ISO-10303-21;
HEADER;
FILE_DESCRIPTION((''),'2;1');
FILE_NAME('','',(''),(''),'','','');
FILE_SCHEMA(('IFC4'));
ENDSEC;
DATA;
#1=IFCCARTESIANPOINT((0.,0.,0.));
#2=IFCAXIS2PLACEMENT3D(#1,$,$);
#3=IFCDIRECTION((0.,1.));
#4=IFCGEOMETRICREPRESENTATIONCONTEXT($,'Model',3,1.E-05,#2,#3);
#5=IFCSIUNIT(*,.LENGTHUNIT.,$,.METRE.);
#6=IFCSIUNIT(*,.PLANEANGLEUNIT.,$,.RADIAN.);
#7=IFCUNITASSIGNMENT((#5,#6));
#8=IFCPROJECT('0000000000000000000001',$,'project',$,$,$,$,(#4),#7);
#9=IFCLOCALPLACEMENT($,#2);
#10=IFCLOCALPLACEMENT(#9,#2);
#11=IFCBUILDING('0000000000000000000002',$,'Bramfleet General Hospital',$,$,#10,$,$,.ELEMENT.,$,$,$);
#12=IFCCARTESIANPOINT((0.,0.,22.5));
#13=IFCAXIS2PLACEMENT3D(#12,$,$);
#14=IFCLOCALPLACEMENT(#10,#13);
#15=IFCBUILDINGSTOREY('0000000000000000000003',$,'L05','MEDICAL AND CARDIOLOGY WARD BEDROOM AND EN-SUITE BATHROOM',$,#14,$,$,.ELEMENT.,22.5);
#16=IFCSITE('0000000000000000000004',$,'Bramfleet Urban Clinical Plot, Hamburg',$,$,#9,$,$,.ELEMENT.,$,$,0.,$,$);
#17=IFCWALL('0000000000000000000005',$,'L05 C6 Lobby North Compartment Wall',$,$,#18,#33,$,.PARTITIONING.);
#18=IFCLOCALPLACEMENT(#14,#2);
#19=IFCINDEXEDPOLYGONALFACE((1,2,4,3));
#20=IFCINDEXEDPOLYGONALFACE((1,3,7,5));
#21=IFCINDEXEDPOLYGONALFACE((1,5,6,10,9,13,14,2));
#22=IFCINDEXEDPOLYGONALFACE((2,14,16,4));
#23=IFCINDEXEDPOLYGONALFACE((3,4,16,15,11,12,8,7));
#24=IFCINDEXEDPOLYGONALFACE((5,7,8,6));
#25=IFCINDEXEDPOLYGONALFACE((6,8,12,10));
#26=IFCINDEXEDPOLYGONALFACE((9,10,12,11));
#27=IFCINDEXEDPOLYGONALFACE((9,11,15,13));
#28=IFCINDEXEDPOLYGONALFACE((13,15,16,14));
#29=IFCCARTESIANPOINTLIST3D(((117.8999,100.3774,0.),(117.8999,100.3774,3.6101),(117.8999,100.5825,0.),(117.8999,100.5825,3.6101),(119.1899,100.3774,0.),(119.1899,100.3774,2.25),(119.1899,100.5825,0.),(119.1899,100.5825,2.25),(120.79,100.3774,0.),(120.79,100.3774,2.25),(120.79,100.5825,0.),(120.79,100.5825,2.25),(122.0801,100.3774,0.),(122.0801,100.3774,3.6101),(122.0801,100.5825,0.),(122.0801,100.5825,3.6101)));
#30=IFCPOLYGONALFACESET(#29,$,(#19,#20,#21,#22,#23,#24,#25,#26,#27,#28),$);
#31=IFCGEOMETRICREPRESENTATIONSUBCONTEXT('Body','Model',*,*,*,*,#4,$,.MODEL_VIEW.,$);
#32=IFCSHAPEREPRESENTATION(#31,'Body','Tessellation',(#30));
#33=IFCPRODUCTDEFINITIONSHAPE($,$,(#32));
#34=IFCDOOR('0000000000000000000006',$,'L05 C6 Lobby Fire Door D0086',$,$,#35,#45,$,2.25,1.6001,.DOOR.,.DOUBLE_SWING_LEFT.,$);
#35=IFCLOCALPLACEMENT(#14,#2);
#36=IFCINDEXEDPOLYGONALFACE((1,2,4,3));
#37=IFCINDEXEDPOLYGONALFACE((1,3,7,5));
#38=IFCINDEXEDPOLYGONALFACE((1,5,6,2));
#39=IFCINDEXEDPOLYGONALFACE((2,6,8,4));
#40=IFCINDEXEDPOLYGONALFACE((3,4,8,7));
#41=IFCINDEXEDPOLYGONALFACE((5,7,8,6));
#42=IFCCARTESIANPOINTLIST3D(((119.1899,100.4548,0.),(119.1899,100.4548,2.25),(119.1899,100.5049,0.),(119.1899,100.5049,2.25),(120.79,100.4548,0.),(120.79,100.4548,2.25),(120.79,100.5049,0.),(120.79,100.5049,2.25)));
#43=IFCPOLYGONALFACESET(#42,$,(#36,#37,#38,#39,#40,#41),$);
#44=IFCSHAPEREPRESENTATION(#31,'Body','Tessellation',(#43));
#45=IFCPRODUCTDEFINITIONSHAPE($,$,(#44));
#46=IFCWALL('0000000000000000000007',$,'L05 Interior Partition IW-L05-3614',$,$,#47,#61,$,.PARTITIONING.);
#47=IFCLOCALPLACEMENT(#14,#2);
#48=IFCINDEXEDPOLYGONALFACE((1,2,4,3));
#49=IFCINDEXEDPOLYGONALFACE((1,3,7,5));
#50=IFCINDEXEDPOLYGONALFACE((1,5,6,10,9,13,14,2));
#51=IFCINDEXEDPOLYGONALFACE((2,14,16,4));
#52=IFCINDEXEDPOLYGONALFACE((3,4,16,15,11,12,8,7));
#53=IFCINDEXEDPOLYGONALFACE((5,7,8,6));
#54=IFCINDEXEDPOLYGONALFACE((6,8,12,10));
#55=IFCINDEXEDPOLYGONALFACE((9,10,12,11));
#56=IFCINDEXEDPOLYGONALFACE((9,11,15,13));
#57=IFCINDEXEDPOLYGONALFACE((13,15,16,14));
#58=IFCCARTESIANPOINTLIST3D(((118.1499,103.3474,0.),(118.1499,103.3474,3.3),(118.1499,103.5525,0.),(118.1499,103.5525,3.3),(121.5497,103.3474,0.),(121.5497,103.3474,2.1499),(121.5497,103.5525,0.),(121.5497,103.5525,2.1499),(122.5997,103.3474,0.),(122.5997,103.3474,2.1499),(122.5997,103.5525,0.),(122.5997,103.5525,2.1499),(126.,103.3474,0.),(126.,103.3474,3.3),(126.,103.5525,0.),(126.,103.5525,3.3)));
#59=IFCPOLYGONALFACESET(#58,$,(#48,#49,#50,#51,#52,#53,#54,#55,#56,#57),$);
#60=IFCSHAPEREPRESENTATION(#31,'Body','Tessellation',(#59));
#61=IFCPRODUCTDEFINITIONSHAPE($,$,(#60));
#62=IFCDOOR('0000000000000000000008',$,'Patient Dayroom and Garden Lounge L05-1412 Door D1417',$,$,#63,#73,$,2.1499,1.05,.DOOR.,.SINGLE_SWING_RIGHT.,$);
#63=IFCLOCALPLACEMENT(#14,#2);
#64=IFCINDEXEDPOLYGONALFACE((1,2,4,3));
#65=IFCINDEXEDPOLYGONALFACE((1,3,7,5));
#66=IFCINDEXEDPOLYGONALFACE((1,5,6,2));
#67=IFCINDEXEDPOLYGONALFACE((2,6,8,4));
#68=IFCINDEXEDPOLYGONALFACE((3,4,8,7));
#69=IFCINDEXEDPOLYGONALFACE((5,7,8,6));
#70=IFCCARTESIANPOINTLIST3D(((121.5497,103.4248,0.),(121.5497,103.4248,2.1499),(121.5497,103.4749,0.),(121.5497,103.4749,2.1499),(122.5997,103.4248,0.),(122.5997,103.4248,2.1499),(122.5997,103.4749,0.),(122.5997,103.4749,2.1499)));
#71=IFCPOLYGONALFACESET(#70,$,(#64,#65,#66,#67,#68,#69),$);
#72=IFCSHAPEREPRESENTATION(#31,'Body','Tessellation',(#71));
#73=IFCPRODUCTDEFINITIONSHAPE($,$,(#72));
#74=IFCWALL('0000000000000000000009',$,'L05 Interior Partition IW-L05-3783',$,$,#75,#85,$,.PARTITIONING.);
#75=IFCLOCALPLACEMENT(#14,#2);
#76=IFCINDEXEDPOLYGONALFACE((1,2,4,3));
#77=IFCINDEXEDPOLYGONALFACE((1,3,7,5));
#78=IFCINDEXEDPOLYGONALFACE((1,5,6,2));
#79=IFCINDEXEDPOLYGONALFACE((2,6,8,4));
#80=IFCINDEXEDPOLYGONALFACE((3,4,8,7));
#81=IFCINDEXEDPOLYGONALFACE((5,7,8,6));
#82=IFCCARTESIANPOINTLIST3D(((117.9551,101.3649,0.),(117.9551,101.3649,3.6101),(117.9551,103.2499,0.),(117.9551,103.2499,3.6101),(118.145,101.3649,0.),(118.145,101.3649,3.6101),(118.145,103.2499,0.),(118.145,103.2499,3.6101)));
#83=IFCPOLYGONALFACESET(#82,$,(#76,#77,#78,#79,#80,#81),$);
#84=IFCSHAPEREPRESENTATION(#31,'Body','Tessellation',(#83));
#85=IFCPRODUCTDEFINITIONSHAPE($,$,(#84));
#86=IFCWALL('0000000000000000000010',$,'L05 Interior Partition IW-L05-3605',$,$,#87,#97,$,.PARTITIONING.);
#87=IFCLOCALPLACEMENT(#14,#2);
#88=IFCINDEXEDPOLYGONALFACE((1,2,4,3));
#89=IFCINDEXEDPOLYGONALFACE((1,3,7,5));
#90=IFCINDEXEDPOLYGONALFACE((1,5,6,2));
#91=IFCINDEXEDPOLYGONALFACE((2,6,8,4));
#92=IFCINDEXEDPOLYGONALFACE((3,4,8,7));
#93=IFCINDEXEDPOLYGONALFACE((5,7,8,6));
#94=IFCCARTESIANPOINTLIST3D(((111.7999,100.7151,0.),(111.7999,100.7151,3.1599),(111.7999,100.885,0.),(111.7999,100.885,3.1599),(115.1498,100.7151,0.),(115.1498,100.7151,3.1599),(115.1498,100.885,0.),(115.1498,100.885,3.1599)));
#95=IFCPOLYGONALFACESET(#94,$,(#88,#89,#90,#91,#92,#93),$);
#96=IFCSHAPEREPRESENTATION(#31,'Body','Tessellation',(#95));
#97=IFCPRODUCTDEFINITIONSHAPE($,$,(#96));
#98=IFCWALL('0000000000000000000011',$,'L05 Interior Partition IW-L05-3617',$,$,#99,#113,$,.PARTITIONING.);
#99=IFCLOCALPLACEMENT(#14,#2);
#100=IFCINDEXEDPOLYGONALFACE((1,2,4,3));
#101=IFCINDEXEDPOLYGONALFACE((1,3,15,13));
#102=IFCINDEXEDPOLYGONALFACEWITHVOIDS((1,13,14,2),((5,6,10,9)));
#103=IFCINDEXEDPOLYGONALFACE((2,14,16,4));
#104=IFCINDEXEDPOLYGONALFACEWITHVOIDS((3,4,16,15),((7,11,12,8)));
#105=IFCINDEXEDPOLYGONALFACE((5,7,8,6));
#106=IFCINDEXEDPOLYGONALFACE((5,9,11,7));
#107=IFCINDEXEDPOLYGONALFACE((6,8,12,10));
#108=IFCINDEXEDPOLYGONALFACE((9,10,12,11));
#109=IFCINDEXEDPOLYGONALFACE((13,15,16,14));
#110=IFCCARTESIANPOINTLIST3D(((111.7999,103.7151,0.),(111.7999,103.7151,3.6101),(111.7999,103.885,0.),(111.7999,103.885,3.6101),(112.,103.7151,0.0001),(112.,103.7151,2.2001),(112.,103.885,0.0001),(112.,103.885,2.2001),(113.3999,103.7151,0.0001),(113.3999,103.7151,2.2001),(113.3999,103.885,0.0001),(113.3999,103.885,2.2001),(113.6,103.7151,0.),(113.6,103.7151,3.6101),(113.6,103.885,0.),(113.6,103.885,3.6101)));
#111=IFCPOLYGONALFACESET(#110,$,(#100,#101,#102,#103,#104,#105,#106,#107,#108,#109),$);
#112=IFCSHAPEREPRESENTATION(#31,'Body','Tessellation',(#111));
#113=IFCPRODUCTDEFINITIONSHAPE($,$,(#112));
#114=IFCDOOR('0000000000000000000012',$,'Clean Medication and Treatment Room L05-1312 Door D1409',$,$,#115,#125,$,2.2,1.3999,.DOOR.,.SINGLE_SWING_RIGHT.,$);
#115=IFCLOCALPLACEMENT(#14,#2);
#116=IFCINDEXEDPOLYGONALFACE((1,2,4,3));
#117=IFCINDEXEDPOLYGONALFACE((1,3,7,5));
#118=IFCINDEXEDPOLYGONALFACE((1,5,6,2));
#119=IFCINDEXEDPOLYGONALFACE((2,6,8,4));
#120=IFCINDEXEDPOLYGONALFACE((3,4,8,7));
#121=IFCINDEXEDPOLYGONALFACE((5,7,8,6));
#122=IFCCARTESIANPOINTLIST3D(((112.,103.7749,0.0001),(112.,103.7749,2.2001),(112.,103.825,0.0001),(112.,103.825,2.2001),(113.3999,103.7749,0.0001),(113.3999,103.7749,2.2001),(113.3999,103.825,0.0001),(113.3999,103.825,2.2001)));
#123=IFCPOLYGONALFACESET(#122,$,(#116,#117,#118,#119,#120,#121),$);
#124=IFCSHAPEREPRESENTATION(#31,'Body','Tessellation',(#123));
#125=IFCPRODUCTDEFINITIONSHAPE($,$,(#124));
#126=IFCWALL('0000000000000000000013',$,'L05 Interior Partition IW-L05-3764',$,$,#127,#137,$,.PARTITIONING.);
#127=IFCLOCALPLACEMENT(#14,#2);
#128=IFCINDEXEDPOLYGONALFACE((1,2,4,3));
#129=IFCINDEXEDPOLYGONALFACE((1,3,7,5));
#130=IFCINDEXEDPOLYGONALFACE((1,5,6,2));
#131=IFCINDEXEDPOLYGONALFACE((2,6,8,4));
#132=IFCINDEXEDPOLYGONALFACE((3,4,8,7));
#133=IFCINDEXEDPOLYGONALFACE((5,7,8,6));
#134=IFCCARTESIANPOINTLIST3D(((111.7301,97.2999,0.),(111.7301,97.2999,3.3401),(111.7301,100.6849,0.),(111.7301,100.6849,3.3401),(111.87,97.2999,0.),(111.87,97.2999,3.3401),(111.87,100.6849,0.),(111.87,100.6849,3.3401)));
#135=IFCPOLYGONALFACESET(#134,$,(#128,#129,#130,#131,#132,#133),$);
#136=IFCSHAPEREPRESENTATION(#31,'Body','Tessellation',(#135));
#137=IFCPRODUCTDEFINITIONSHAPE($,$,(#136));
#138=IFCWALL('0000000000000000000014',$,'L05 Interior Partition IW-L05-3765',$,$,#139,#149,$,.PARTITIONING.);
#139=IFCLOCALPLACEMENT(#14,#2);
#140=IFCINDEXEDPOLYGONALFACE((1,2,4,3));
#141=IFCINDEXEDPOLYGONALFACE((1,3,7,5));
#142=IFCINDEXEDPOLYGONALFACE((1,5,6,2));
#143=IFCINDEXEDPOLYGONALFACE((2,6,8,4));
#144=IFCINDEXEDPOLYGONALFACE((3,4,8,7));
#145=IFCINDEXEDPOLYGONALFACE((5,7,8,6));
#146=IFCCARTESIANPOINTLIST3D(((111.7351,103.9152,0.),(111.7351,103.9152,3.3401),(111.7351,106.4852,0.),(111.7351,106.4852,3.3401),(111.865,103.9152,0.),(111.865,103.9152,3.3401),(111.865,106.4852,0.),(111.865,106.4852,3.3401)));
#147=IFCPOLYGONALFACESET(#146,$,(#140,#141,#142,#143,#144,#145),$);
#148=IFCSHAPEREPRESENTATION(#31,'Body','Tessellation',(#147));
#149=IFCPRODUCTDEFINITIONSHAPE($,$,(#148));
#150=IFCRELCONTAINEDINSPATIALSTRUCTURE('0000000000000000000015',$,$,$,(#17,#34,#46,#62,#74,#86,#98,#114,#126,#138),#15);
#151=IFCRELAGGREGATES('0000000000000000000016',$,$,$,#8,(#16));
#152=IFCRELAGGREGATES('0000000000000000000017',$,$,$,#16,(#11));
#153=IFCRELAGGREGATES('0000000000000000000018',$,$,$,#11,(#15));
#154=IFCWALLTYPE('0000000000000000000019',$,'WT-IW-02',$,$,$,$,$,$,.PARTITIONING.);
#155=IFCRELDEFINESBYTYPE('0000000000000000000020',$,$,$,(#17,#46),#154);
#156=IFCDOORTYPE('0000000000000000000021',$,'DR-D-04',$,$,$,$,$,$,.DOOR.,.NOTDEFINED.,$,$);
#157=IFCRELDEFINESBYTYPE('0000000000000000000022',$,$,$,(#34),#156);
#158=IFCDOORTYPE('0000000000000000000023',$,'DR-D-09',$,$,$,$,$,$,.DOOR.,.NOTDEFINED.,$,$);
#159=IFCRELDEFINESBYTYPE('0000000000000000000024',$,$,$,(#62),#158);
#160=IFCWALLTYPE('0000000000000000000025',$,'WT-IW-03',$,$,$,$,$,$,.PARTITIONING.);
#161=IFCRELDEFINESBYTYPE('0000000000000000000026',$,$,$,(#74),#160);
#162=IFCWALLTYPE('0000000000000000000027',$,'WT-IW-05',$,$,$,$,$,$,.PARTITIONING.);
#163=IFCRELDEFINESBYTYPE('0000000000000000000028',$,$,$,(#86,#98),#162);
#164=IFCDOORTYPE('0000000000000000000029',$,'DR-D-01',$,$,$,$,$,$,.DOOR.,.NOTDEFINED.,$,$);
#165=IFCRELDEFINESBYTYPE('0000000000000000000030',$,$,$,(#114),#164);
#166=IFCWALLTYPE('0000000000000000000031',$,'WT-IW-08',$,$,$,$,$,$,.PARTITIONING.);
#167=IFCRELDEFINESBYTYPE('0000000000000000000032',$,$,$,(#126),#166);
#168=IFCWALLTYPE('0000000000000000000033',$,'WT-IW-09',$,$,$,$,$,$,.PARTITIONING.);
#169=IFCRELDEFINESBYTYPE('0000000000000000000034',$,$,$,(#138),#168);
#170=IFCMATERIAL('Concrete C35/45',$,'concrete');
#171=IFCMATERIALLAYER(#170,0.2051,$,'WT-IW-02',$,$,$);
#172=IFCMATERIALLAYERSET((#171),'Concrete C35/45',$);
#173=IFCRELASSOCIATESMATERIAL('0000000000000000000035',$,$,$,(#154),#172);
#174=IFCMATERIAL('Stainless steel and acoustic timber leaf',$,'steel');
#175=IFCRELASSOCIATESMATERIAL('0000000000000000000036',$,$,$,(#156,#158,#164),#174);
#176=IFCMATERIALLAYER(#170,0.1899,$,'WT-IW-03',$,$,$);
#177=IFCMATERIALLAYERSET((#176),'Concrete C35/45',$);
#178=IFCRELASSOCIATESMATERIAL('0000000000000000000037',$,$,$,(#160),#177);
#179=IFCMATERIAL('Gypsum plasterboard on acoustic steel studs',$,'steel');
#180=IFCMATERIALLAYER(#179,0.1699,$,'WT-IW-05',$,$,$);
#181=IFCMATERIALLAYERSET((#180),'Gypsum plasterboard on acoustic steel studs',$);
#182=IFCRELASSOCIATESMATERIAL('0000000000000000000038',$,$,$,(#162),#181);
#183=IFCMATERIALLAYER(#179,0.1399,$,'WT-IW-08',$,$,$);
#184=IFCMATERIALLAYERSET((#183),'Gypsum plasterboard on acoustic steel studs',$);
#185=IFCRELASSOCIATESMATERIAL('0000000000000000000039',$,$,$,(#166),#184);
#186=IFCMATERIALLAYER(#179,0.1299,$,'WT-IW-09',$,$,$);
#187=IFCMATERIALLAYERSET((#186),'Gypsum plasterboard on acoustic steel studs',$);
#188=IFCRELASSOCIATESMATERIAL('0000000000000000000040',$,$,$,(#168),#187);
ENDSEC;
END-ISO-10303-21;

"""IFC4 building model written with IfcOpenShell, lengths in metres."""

from ifc_helpers import new_model, si_unit, direction, frame, frame_2d, origin, place, context, subcontext, project, spatial, rectangle, extrude, material, layer, layer_set, type_object, element, fill, save


model = new_model("IFC4")

# Units and contexts
model_context = context("Model", 3, precision=1e-05, world=origin(), true_north=direction((0.0, 1.0)))
body_context = subcontext(model_context, "Body", "Model", "MODEL_VIEW")
ifc_project = project(units=[si_unit("LENGTHUNIT", "METRE"), si_unit("PLANEANGLEUNIT", "RADIAN")], contexts=[model_context])

# Site, building, storey
site_placement = place(None, origin())
site = spatial("IfcSite", under=ifc_project, at=site_placement, Name="Bramfleet Urban Clinical Plot, Hamburg", CompositionType="ELEMENT", RefElevation=0.0)
building_placement = place(site_placement, origin())
building = spatial("IfcBuilding", under=site, at=building_placement, Name="Bramfleet General Hospital", CompositionType="ELEMENT")
storey_placement = place(building_placement, frame((0.0, 0.0, 22.5)))
storey = spatial("IfcBuildingStorey", under=building, at=storey_placement, Name="L05", Description="MEDICAL AND CARDIOLOGY WARD BEDROOM AND EN-SUITE BATHROOM", CompositionType="ELEMENT", Elevation=22.5)

# Shared definitions
ifc_material_1 = material(Name="Concrete C35/45", Category="concrete")
ifc_layer_1 = layer(ifc_material_1, 0.2051, Name="WT-IW-02")
ifc_layer_set_1 = layer_set([ifc_layer_1], Name="Concrete C35/45")
wall_type_1 = type_object("IfcWallType", Name="WT-IW-02", PredefinedType="PARTITIONING", material=ifc_layer_set_1)

# Walls, openings, doors
wall_1_placement = place(storey_placement, frame((117.8999, 100.48, 0.0), z_axis=(0.0, 0.0, 1.0), x_axis=(1.0, 0.0, 0.0)))
wall_1 = element("IfcWall", 1, at=wall_1_placement, inside=storey, type_object=wall_type_1, Name="L05 C6 Lobby North Compartment Wall", PredefinedType="PARTITIONING", context=body_context, shape_type="SweptSolid", body=[
    extrude(rectangle(XDim=4.1802, YDim=0.2051, at=frame_2d((2.0901, 0.0))), origin(), (0.0, 0.0, 1.0), 3.6101),
])
opening_1_placement = place(wall_1_placement, frame((1.29, 0.0, 0.0)))
opening_1 = element("IfcOpeningElement", 2, at=opening_1_placement, cuts=wall_1, PredefinedType="OPENING", context=body_context, shape_type="SweptSolid", body=[
    extrude(rectangle(XDim=1.6001, YDim=2.25, at=frame_2d((0.8, 1.125))), frame((0.0, 0.1125, 0.0), z_axis=(0.0, -1.0, 0.0), x_axis=(1.0, 0.0, 0.0)), (0.0, 0.0, 1.0), 0.2251),
])
ifc_material_2 = material(Name="Stainless steel and acoustic timber leaf", Category="steel")
door_type_1 = type_object("IfcDoorType", Name="DR-D-04", OperationType="NOTDEFINED", PredefinedType="DOOR", material=ifc_material_2)
door_1_placement = place(opening_1_placement, origin())
door_1 = element("IfcDoor", 3, at=door_1_placement, inside=storey, type_object=door_type_1, Name="L05 C6 Lobby Fire Door D0086", OperationType="DOUBLE_SWING_LEFT", OverallHeight=2.25, OverallWidth=1.6001, PredefinedType="DOOR", context=body_context, shape_type="SweptSolid", body=[
    extrude(rectangle(XDim=1.6001, YDim=2.25, at=frame_2d((0.8, 1.125))), frame((0.0, 0.0249, 0.0), z_axis=(0.0, -1.0, 0.0), x_axis=(1.0, 0.0, 0.0)), (0.0, 0.0, 1.0), 0.05),
])
fill(opening_1, door_1)
wall_2_placement = place(storey_placement, frame((118.1499, 103.45, 0.0), z_axis=(0.0, 0.0, 1.0), x_axis=(1.0, 0.0, 0.0)))
wall_2 = element("IfcWall", 4, at=wall_2_placement, inside=storey, type_object=wall_type_1, Name="L05 Interior Partition IW-L05-3614", PredefinedType="PARTITIONING", context=body_context, shape_type="SweptSolid", body=[
    extrude(rectangle(XDim=7.8501, YDim=0.2051, at=frame_2d((3.925, 0.0))), origin(), (0.0, 0.0, 1.0), 3.3),
])
opening_2_placement = place(wall_2_placement, frame((3.3999, 0.0, 0.0)))
opening_2 = element("IfcOpeningElement", 5, at=opening_2_placement, cuts=wall_2, PredefinedType="OPENING", context=body_context, shape_type="SweptSolid", body=[
    extrude(rectangle(XDim=1.05, YDim=2.1499, at=frame_2d((0.5249, 1.075))), frame((0.0, 0.1125, 0.0), z_axis=(0.0, -1.0, 0.0), x_axis=(1.0, 0.0, 0.0)), (0.0, 0.0, 1.0), 0.2251),
])
door_type_2 = type_object("IfcDoorType", Name="DR-D-09", OperationType="NOTDEFINED", PredefinedType="DOOR", material=ifc_material_2)
door_2_placement = place(opening_2_placement, origin())
door_2 = element("IfcDoor", 6, at=door_2_placement, inside=storey, type_object=door_type_2, Name="Patient Dayroom and Garden Lounge L05-1412 Door D1417", OperationType="SINGLE_SWING_RIGHT", OverallHeight=2.1499, OverallWidth=1.05, PredefinedType="DOOR", context=body_context, shape_type="SweptSolid", body=[
    extrude(rectangle(XDim=1.05, YDim=2.1499, at=frame_2d((0.5249, 1.075))), frame((0.0, 0.0249, 0.0), z_axis=(0.0, -1.0, 0.0), x_axis=(1.0, 0.0, 0.0)), (0.0, 0.0, 1.0), 0.05),
])
fill(opening_2, door_2)

# Walls
ifc_layer_2 = layer(ifc_material_1, 0.1899, Name="WT-IW-03")
ifc_layer_set_2 = layer_set([ifc_layer_2], Name="Concrete C35/45")
wall_type_2 = type_object("IfcWallType", Name="WT-IW-03", PredefinedType="PARTITIONING", material=ifc_layer_set_2)
wall_3_placement = place(storey_placement, frame((118.05, 101.365, 0.0), z_axis=(0.0, 0.0, 1.0), x_axis=(0.0, 1.0, 0.0)))
element("IfcWall", 7, at=wall_3_placement, inside=storey, type_object=wall_type_2, Name="L05 Interior Partition IW-L05-3783", PredefinedType="PARTITIONING", context=body_context, shape_type="SweptSolid", body=[
    extrude(rectangle(XDim=1.885, YDim=0.1899, at=frame_2d((0.9424, 0.0))), origin(), (0.0, 0.0, 1.0), 3.6101),
])
ifc_material_3 = material(Name="Gypsum plasterboard on acoustic steel studs", Category="steel")
ifc_layer_3 = layer(ifc_material_3, 0.1699, Name="WT-IW-05")
ifc_layer_set_3 = layer_set([ifc_layer_3], Name="Gypsum plasterboard on acoustic steel studs")
wall_type_3 = type_object("IfcWallType", Name="WT-IW-05", PredefinedType="PARTITIONING", material=ifc_layer_set_3)
wall_4_placement = place(storey_placement, frame((111.8, 100.8, 0.0), z_axis=(0.0, 0.0, 1.0), x_axis=(1.0, 0.0, 0.0)))
element("IfcWall", 8, at=wall_4_placement, inside=storey, type_object=wall_type_3, Name="L05 Interior Partition IW-L05-3605", PredefinedType="PARTITIONING", context=body_context, shape_type="SweptSolid", body=[
    extrude(rectangle(XDim=3.3499, YDim=0.1699, at=frame_2d((1.6748, 0.0))), origin(), (0.0, 0.0, 1.0), 3.1599),
])

# Wall, opening, door
wall_5_placement = place(storey_placement, frame((111.8, 103.8, 0.0), z_axis=(0.0, 0.0, 1.0), x_axis=(1.0, 0.0, 0.0)))
wall_5 = element("IfcWall", 9, at=wall_5_placement, inside=storey, type_object=wall_type_3, Name="L05 Interior Partition IW-L05-3617", PredefinedType="PARTITIONING", context=body_context, shape_type="SweptSolid", body=[
    extrude(rectangle(XDim=1.8, YDim=0.1699, at=frame_2d((0.8999, 0.0))), origin(), (0.0, 0.0, 1.0), 3.6101),
])
opening_3_placement = place(wall_5_placement, frame((0.2, 0.0, 0.0)))
opening_3 = element("IfcOpeningElement", 10, at=opening_3_placement, cuts=wall_5, PredefinedType="OPENING", context=body_context, shape_type="SweptSolid", body=[
    extrude(rectangle(XDim=1.3999, YDim=2.2, at=frame_2d((0.7, 1.1001))), frame((0.0, 0.095, 0.0), z_axis=(0.0, -1.0, 0.0), x_axis=(1.0, 0.0, 0.0)), (0.0, 0.0, 1.0), 0.1899),
])
door_type_3 = type_object("IfcDoorType", Name="DR-D-01", OperationType="NOTDEFINED", PredefinedType="DOOR", material=ifc_material_2)
door_3_placement = place(opening_3_placement, origin())
door_3 = element("IfcDoor", 11, at=door_3_placement, inside=storey, type_object=door_type_3, Name="Clean Medication and Treatment Room L05-1312 Door D1409", OperationType="SINGLE_SWING_RIGHT", OverallHeight=2.2, OverallWidth=1.3999, PredefinedType="DOOR", context=body_context, shape_type="SweptSolid", body=[
    extrude(rectangle(XDim=1.3999, YDim=2.2, at=frame_2d((0.7, 1.1001))), frame((0.0, 0.0249, 0.0), z_axis=(0.0, -1.0, 0.0), x_axis=(1.0, 0.0, 0.0)), (0.0, 0.0, 1.0), 0.05),
])
fill(opening_3, door_3)

# Walls
ifc_layer_4 = layer(ifc_material_3, 0.1399, Name="WT-IW-08")
ifc_layer_set_4 = layer_set([ifc_layer_4], Name="Gypsum plasterboard on acoustic steel studs")
wall_type_4 = type_object("IfcWallType", Name="WT-IW-08", PredefinedType="PARTITIONING", material=ifc_layer_set_4)
wall_6_placement = place(storey_placement, frame((111.8, 97.3, 0.0), z_axis=(0.0, 0.0, 1.0), x_axis=(0.0, 1.0, 0.0)))
element("IfcWall", 12, at=wall_6_placement, inside=storey, type_object=wall_type_4, Name="L05 Interior Partition IW-L05-3764", PredefinedType="PARTITIONING", context=body_context, shape_type="SweptSolid", body=[
    extrude(rectangle(XDim=3.385, YDim=0.1399, at=frame_2d((1.6924, 0.0))), origin(), (0.0, 0.0, 1.0), 3.3401),
])
ifc_layer_5 = layer(ifc_material_3, 0.1299, Name="WT-IW-09")
ifc_layer_set_5 = layer_set([ifc_layer_5], Name="Gypsum plasterboard on acoustic steel studs")
wall_type_5 = type_object("IfcWallType", Name="WT-IW-09", PredefinedType="PARTITIONING", material=ifc_layer_set_5)
wall_7_placement = place(storey_placement, frame((111.8, 103.915, 0.0), z_axis=(0.0, 0.0, 1.0), x_axis=(0.0, 1.0, 0.0)))
element("IfcWall", 13, at=wall_7_placement, inside=storey, type_object=wall_type_5, Name="L05 Interior Partition IW-L05-3765", PredefinedType="PARTITIONING", context=body_context, shape_type="SweptSolid", body=[
    extrude(rectangle(XDim=2.5701, YDim=0.1299, at=frame_2d((1.2852, 0.0))), origin(), (0.0, 0.0, 1.0), 3.3401),
])

save(model, "model.ifc")
